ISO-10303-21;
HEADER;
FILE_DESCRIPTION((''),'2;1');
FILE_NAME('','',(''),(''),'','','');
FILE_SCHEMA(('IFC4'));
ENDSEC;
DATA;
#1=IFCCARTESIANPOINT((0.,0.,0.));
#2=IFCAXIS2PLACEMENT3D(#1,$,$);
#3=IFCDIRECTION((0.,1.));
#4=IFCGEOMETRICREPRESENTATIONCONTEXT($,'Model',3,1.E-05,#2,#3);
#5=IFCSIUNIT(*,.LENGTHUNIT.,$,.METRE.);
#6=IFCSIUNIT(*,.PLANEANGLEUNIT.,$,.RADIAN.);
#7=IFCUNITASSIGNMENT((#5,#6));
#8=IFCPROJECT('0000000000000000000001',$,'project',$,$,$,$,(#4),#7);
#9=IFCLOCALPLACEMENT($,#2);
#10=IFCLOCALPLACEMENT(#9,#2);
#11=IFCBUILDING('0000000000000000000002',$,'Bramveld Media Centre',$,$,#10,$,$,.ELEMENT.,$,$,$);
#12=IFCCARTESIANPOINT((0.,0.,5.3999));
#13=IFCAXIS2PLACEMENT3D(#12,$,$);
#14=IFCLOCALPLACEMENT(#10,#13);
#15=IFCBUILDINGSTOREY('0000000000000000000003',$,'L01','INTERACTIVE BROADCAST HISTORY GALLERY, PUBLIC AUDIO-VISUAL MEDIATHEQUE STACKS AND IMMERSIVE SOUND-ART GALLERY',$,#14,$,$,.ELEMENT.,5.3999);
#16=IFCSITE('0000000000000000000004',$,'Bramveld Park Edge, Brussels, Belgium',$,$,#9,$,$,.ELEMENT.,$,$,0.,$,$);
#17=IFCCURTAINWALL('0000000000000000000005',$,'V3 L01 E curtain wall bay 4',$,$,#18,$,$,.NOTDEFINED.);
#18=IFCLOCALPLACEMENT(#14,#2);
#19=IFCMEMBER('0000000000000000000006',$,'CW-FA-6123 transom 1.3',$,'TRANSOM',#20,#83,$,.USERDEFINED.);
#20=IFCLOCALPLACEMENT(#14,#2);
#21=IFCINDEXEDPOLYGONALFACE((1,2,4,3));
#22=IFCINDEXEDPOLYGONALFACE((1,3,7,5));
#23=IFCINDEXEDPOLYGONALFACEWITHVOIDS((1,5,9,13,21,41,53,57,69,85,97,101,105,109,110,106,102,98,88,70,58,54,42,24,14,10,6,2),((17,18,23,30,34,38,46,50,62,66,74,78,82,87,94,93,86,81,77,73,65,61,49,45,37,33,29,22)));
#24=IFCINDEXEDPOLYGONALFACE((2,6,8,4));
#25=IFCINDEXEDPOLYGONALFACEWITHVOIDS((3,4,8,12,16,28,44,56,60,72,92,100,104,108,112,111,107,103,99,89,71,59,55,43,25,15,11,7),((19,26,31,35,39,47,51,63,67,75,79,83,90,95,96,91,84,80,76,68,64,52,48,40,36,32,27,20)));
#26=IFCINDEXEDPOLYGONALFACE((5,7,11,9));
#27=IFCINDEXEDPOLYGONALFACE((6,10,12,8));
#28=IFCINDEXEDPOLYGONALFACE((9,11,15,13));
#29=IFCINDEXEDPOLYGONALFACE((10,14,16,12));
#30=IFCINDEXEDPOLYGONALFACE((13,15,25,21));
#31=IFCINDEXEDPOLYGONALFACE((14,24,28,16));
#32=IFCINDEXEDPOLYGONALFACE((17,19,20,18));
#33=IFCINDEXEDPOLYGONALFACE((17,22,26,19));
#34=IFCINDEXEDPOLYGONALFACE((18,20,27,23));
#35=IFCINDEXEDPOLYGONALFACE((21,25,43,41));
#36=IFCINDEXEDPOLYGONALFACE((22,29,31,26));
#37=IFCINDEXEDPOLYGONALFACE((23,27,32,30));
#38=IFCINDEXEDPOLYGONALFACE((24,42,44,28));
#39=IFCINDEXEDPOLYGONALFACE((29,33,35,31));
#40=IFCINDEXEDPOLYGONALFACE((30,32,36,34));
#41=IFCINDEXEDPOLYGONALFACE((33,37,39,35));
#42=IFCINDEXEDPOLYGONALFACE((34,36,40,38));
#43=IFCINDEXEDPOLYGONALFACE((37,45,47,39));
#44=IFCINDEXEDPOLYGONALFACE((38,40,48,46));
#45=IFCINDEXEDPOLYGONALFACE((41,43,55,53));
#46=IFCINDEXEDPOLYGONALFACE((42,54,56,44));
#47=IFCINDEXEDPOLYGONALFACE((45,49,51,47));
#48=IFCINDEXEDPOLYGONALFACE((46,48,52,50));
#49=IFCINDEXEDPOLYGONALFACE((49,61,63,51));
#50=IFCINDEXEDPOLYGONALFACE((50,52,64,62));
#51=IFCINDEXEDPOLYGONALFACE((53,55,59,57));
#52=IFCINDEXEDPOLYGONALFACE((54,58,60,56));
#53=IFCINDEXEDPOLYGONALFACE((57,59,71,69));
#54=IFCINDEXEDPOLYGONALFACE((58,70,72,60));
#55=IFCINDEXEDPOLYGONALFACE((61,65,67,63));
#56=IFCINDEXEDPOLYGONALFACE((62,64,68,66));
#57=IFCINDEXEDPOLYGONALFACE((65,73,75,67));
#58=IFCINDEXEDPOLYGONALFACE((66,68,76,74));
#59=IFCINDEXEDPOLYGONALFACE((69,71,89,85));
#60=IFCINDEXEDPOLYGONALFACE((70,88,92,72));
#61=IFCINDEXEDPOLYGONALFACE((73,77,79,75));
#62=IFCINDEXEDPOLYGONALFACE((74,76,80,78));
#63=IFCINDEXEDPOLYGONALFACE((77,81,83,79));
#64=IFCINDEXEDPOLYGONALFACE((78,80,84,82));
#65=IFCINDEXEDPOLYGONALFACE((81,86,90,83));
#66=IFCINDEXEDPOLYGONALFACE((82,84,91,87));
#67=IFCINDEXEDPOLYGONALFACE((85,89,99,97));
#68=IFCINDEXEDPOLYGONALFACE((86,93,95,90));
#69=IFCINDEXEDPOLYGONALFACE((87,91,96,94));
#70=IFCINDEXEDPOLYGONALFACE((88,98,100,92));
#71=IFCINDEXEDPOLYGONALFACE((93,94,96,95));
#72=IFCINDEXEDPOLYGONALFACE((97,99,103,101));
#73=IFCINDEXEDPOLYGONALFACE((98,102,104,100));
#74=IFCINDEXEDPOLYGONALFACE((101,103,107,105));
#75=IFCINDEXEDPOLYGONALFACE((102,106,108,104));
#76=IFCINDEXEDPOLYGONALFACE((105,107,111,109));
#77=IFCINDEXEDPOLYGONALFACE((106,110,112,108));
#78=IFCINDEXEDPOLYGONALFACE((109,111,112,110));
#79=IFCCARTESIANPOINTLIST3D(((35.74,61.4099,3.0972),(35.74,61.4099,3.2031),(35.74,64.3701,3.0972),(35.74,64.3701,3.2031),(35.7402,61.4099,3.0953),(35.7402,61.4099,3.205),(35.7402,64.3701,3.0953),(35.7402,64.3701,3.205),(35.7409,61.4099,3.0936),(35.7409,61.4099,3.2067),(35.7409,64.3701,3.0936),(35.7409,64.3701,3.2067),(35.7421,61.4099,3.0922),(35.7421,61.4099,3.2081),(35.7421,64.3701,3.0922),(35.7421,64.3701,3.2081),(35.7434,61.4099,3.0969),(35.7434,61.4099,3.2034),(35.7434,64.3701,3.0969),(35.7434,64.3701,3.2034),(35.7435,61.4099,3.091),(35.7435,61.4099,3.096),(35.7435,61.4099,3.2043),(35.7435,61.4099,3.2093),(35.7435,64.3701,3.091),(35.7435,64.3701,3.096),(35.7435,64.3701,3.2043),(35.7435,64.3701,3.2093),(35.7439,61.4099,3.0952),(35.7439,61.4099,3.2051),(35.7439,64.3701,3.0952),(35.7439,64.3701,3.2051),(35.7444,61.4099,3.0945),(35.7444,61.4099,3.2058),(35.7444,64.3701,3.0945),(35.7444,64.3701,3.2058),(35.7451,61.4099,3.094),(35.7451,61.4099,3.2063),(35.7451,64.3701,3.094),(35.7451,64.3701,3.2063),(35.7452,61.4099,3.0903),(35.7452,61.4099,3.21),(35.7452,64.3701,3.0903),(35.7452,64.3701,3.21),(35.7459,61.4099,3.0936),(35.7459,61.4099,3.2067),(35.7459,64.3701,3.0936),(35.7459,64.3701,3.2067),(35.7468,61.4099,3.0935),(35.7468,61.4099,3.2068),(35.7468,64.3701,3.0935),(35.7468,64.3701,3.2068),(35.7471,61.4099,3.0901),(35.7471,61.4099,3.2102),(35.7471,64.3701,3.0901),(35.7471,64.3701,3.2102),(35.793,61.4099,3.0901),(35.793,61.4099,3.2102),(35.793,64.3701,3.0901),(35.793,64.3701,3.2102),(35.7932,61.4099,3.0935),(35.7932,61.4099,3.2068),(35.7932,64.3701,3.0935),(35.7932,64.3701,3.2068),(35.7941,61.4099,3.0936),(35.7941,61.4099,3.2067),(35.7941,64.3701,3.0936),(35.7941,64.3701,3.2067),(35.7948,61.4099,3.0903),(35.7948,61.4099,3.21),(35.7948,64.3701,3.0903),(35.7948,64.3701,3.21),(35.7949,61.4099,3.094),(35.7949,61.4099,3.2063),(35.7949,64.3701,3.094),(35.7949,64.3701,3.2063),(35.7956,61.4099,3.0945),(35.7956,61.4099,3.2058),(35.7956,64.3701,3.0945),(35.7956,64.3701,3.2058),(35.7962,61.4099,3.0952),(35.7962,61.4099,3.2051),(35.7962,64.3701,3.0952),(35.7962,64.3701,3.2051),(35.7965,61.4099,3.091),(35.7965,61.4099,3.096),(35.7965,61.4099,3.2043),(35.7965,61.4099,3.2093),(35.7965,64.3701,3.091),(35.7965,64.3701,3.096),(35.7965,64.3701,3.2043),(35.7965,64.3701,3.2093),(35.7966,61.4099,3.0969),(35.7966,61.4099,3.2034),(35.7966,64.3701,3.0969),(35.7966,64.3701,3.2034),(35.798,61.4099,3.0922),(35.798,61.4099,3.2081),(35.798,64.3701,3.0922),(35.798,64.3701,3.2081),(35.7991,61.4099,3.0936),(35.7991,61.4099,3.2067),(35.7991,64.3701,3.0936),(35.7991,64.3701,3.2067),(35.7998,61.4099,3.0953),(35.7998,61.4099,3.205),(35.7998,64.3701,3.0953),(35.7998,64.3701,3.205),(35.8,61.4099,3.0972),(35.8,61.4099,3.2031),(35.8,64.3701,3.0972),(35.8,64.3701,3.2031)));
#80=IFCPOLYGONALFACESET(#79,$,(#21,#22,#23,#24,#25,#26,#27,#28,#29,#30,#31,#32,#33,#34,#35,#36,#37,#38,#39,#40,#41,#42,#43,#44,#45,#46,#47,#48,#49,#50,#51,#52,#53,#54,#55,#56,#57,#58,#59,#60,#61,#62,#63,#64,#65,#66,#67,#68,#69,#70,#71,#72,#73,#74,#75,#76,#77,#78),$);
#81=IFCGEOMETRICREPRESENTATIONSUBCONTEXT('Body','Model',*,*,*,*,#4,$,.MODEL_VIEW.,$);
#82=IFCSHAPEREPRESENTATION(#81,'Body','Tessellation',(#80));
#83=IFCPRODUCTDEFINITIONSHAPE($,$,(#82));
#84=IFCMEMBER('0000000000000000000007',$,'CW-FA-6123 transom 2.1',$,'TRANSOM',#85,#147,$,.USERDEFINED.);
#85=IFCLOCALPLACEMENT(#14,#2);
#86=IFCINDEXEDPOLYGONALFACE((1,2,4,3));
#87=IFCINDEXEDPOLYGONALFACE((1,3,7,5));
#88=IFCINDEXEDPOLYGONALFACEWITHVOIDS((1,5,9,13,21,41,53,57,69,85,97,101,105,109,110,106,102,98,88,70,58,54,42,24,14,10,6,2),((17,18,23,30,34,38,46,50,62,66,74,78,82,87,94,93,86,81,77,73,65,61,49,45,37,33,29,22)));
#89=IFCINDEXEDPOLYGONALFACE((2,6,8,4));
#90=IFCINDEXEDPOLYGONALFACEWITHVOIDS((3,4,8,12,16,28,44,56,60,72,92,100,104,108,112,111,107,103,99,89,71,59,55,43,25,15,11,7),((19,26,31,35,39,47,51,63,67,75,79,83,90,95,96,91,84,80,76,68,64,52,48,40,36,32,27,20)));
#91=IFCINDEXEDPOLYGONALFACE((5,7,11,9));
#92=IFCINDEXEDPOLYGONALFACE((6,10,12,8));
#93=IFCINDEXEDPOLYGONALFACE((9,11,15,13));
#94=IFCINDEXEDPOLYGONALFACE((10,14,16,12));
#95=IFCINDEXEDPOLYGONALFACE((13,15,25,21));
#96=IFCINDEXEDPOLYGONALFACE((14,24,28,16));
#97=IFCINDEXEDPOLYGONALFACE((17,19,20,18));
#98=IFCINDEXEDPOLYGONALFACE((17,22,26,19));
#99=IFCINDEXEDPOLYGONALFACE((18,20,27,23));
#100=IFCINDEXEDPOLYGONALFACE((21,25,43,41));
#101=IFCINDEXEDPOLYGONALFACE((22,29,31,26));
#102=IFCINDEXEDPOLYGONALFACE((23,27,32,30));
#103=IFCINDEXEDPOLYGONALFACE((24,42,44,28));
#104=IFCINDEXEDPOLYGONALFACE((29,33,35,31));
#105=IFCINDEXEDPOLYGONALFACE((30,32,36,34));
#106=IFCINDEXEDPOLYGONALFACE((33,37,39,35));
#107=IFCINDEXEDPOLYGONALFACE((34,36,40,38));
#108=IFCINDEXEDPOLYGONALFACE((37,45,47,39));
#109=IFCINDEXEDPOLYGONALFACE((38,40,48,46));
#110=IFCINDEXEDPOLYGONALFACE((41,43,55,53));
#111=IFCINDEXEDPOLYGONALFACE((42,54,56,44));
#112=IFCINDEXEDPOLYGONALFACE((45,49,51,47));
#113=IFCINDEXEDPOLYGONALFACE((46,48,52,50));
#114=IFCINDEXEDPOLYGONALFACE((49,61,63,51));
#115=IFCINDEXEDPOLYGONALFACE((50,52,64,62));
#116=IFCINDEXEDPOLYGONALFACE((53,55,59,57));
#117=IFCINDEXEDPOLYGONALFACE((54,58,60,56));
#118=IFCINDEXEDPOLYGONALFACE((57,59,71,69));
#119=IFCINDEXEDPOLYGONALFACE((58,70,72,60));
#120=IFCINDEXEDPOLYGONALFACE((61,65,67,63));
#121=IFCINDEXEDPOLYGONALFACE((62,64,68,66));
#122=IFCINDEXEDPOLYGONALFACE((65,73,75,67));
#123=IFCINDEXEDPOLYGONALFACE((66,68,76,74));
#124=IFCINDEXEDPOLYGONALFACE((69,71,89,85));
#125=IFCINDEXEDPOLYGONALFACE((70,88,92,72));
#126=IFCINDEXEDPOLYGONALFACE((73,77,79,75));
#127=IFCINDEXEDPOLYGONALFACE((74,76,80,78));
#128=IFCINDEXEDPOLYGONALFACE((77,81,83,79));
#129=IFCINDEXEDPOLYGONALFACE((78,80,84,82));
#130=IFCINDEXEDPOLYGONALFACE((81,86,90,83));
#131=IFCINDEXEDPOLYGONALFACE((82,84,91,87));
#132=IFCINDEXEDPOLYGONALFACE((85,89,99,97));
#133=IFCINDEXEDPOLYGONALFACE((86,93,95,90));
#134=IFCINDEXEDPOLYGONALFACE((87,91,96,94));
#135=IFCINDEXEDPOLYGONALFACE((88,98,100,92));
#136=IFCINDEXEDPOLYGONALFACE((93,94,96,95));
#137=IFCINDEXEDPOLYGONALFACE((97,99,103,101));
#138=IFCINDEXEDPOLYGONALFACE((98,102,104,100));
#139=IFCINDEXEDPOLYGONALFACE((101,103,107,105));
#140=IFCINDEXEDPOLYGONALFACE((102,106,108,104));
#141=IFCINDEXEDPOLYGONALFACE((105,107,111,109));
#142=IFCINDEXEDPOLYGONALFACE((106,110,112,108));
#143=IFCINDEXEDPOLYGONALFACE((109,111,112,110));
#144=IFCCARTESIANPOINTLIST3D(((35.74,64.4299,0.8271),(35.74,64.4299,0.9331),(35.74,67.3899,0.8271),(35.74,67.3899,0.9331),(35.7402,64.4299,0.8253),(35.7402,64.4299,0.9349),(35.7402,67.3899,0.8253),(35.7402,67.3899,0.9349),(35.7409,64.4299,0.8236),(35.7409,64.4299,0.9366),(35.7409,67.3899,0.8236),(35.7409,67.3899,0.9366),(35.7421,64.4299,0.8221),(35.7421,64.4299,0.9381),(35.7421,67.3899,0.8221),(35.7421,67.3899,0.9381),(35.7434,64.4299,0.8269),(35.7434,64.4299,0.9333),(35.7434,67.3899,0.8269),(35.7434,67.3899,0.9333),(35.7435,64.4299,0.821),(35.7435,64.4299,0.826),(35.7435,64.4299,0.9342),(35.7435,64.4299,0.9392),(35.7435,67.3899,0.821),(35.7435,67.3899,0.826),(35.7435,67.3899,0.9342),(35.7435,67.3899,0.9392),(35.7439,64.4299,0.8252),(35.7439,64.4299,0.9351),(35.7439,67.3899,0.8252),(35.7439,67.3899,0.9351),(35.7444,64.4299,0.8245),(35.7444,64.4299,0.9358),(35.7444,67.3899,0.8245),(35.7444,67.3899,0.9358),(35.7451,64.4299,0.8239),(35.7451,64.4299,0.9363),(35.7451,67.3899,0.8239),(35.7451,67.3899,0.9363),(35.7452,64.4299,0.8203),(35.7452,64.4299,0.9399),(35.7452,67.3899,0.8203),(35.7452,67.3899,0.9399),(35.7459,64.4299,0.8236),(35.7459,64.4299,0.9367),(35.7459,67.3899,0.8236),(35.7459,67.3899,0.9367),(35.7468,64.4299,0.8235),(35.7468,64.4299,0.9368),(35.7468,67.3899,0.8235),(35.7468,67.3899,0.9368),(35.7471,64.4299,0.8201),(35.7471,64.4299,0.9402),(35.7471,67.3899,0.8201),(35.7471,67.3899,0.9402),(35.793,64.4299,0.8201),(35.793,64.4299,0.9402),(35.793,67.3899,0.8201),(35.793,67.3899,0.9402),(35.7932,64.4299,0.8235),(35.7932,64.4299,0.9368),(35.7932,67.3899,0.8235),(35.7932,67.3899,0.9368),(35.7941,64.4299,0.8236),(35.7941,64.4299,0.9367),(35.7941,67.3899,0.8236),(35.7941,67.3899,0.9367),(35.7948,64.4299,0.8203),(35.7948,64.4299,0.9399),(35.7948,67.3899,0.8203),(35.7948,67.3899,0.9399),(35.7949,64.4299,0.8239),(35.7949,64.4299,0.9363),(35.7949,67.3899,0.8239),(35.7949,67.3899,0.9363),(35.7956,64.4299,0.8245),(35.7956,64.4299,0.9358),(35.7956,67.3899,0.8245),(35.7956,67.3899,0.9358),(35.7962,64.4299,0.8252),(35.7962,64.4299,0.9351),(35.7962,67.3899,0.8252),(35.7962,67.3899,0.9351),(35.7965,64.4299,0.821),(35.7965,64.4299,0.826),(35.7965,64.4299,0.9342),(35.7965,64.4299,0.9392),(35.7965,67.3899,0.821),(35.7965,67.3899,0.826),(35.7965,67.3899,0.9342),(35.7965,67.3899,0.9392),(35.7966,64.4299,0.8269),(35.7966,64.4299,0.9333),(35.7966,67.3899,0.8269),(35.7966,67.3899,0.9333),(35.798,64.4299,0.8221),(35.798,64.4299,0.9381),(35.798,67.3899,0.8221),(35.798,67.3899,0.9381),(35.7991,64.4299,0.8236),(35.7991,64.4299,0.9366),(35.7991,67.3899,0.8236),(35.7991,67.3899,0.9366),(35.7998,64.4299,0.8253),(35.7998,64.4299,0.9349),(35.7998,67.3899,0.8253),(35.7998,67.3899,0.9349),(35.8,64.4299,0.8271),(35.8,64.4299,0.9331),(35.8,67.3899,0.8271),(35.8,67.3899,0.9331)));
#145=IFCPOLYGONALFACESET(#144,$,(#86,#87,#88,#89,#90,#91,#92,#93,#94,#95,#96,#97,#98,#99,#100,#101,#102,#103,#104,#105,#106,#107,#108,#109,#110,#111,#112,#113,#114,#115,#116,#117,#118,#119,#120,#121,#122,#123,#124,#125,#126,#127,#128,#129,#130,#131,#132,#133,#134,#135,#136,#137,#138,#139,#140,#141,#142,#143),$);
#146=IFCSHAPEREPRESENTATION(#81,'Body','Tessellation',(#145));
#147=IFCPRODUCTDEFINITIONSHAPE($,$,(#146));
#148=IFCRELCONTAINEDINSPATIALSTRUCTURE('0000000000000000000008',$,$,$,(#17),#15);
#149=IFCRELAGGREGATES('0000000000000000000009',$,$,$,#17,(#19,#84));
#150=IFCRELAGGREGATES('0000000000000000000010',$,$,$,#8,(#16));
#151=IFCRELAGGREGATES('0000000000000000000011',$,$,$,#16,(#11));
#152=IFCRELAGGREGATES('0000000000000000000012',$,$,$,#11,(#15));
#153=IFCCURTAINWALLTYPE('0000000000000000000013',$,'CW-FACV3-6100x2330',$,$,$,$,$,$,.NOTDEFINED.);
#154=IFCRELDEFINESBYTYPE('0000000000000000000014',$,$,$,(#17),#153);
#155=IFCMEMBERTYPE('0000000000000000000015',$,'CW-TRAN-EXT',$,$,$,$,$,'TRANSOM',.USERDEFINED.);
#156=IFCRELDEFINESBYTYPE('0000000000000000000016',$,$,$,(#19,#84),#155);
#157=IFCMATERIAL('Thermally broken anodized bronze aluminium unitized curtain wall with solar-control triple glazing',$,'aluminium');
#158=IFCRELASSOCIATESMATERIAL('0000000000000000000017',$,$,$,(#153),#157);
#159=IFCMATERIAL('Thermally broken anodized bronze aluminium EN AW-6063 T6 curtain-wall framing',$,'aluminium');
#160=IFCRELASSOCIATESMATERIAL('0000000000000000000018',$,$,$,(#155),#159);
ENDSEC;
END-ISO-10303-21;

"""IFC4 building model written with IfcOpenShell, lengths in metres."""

from ifc_helpers import new_model, si_unit, direction, frame, origin, origin_2d, place, context, subcontext, project, spatial, hollow_rectangle, extrude, material, material_profile, profile_set, type_object, element, aggregate, save


model = new_model("IFC4")

# Units and contexts
model_context = context("Model", 3, precision=1e-05, world=origin(), true_north=direction((0.0, 1.0)))
body_context = subcontext(model_context, "Body", "Model", "MODEL_VIEW")
ifc_project = project(units=[si_unit("LENGTHUNIT", "METRE"), si_unit("PLANEANGLEUNIT", "RADIAN")], contexts=[model_context])

# Site, building, storey
site_placement = place(None, origin())
site = spatial("IfcSite", under=ifc_project, at=site_placement, Name="Bramveld Park Edge, Brussels, Belgium", CompositionType="ELEMENT", RefElevation=0.0)
building_placement = place(site_placement, origin())
building = spatial("IfcBuilding", under=site, at=building_placement, Name="Bramveld Media Centre", CompositionType="ELEMENT")
storey_placement = place(building_placement, frame((0.0, 0.0, 5.3999)))
storey = spatial("IfcBuildingStorey", under=building, at=storey_placement, Name="L01", Description="INTERACTIVE BROADCAST HISTORY GALLERY, PUBLIC AUDIO-VISUAL MEDIATHEQUE STACKS AND IMMERSIVE SOUND-ART GALLERY", CompositionType="ELEMENT", Elevation=5.3999)

# Curtain wall, members
ifc_material_1 = material(Name="Thermally broken anodized bronze aluminium unitized curtain wall with solar-control triple glazing", Category="aluminium")
curtain_wall_type = type_object("IfcCurtainWallType", Name="CW-FACV3-6100x2330", PredefinedType="NOTDEFINED", material=ifc_material_1)
curtain_wall_placement = place(storey_placement, origin())
curtain_wall = element("IfcCurtainWall", 1, at=curtain_wall_placement, inside=storey, type_object=curtain_wall_type, Name="V3 L01 E curtain wall bay 4", PredefinedType="NOTDEFINED")
ifc_material_2 = material(Name="Thermally broken anodized bronze aluminium EN AW-6063 T6 curtain-wall framing", Category="aluminium")
ifc_material_profile_1 = material_profile(ifc_material_2, hollow_rectangle(XDim=0.0601, YDim=0.1201, WallThickness=0.0034, InnerFilletRadius=0.0034, OuterFilletRadius=0.0071, at=origin_2d()), Name="AL-TRAN 60x120")
ifc_profile_set_1 = profile_set([ifc_material_profile_1], Name="Thermally broken anodized bronze aluminium EN AW-6063 T6 curtain-wall framing")
member_type_1 = type_object("IfcMemberType", Name="CW-TRAN-EXT", ElementType="TRANSOM", PredefinedType="USERDEFINED", material=ifc_profile_set_1)
member_1_placement = place(storey_placement, frame((35.77, 61.4099, 3.1501), z_axis=(0.0, 1.0, 0.0), x_axis=(-1.0, 0.0, 0.0)))
member_1 = element("IfcMember", 2, at=member_1_placement, type_object=member_type_1, Name="CW-FA-6123 transom 1.3", ObjectType="TRANSOM", PredefinedType="USERDEFINED", context=body_context, shape_type="SweptSolid", body=[
    extrude(hollow_rectangle(XDim=0.0601, YDim=0.1201, WallThickness=0.0034, InnerFilletRadius=0.0034, OuterFilletRadius=0.0071, at=origin_2d()), origin(), (0.0, 0.0, 1.0), 2.9602),
])
member_2_placement = place(storey_placement, frame((35.77, 64.4299, 0.8801), z_axis=(0.0, 1.0, 0.0), x_axis=(-1.0, 0.0, 0.0)))
member_2 = element("IfcMember", 3, at=member_2_placement, type_object=member_type_1, Name="CW-FA-6123 transom 2.1", ObjectType="TRANSOM", PredefinedType="USERDEFINED", context=body_context, shape_type="SweptSolid", body=[
    extrude(hollow_rectangle(XDim=0.0601, YDim=0.1201, WallThickness=0.0034, InnerFilletRadius=0.0034, OuterFilletRadius=0.0071, at=origin_2d()), origin(), (0.0, 0.0, 1.0), 2.96),
])

aggregate(curtain_wall, [member_1, member_2])

save(model, "model.ifc")
